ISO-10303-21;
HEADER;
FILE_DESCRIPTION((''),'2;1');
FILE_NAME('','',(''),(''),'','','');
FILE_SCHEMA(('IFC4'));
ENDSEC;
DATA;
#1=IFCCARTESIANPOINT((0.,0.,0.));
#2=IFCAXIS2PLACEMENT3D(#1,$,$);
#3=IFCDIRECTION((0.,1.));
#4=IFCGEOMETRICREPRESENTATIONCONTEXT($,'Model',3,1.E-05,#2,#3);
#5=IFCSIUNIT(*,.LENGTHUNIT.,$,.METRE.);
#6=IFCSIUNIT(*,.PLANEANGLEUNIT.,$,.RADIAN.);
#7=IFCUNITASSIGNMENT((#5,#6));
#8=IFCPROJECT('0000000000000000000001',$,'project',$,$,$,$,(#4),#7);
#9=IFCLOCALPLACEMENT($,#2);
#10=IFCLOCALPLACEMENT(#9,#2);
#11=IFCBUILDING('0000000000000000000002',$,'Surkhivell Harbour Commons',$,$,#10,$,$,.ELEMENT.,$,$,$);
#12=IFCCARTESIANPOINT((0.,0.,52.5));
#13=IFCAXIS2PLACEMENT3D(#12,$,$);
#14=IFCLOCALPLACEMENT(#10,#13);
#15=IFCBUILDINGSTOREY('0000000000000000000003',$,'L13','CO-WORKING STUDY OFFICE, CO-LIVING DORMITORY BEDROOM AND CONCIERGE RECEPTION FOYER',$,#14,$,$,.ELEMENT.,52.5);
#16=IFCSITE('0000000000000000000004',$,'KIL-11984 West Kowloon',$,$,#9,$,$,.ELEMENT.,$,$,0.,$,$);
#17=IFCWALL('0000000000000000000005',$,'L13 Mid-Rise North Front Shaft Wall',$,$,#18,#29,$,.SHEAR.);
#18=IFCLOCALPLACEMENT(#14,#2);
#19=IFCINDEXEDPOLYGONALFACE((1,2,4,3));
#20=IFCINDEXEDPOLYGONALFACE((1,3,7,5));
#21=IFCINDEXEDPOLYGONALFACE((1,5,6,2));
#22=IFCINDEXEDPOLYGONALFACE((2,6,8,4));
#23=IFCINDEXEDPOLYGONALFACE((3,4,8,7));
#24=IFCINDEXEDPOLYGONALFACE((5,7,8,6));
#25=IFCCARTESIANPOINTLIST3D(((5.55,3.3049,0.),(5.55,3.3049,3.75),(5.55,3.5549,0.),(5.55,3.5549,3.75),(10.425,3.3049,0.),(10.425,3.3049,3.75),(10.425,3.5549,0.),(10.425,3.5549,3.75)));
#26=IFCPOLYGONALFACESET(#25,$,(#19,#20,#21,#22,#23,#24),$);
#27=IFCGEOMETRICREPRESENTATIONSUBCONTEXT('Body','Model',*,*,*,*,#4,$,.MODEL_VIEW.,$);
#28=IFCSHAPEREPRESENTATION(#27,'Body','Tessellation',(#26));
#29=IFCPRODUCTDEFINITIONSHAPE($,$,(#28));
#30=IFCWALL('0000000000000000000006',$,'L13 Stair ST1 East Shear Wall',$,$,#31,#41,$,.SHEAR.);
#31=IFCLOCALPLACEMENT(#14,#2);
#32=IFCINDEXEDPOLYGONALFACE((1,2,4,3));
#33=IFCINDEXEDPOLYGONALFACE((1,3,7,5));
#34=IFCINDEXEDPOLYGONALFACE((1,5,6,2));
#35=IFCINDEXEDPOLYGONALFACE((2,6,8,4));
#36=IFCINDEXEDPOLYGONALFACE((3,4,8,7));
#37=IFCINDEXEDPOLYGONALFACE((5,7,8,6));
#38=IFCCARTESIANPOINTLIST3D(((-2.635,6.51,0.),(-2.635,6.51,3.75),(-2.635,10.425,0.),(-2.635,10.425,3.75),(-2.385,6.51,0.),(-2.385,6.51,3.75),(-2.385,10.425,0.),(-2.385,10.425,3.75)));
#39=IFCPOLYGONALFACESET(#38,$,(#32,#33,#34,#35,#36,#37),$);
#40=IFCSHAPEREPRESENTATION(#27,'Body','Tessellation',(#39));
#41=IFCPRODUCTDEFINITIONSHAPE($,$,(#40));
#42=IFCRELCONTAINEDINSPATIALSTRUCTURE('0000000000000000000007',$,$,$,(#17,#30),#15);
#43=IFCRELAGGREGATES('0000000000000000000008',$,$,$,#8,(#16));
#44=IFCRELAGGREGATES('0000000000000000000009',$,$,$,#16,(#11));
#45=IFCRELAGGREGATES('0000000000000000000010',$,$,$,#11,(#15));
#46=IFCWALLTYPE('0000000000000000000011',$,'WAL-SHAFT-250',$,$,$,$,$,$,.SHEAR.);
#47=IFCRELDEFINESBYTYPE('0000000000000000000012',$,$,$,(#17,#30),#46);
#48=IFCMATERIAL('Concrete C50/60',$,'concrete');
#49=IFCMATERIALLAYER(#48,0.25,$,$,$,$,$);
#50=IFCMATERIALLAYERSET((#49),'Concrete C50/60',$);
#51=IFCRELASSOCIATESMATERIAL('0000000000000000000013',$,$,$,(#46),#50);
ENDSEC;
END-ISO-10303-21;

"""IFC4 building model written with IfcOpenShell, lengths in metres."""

from ifc_helpers import new_model, si_unit, direction, frame, frame_2d, origin, place, context, subcontext, project, spatial, rectangle, extrude, material, layer, layer_set, type_object, element, save


model = new_model("IFC4")

# Units and contexts
model_context = context("Model", 3, precision=1e-05, world=origin(), true_north=direction((0.0, 1.0)))
body_context = subcontext(model_context, "Body", "Model", "MODEL_VIEW")
ifc_project = project(units=[si_unit("LENGTHUNIT", "METRE"), si_unit("PLANEANGLEUNIT", "RADIAN")], contexts=[model_context])

# Site, building, storey
site_placement = place(None, origin())
site = spatial("IfcSite", under=ifc_project, at=site_placement, Name="KIL-11984 West Kowloon", CompositionType="ELEMENT", RefElevation=0.0)
building_placement = place(site_placement, origin())
building = spatial("IfcBuilding", under=site, at=building_placement, Name="Surkhivell Harbour Commons", CompositionType="ELEMENT")
storey_placement = place(building_placement, frame((0.0, 0.0, 52.5)))
storey = spatial("IfcBuildingStorey", under=building, at=storey_placement, Name="L13", Description="CO-WORKING STUDY OFFICE, CO-LIVING DORMITORY BEDROOM AND CONCIERGE RECEPTION FOYER", CompositionType="ELEMENT", Elevation=52.5)

# Shared definitions
ifc_material_1 = material(Name="Concrete C50/60", Category="concrete")
ifc_layer_1 = layer(ifc_material_1, 0.25)
ifc_layer_set_1 = layer_set([ifc_layer_1], Name="Concrete C50/60")
wall_type_1 = type_object("IfcWallType", Name="WAL-SHAFT-250", PredefinedType="SHEAR", material=ifc_layer_set_1)

# Walls
wall_1_placement = place(storey_placement, frame((5.55, 3.4299, 0.0), z_axis=(0.0, 0.0, 1.0), x_axis=(1.0, 0.0, 0.0)))
element("IfcWall", 1, at=wall_1_placement, inside=storey, type_object=wall_type_1, Name="L13 Mid-Rise North Front Shaft Wall", PredefinedType="SHEAR", context=body_context, shape_type="SweptSolid", body=[
    extrude(rectangle(XDim=4.875, YDim=0.25, at=frame_2d((2.4375, 0.0))), origin(), (0.0, 0.0, 1.0), 3.75),
])
wall_2_placement = place(storey_placement, frame((-2.51, 6.51, 0.0), z_axis=(0.0, 0.0, 1.0), x_axis=(0.0, 1.0, 0.0)))
element("IfcWall", 2, at=wall_2_placement, inside=storey, type_object=wall_type_1, Name="L13 Stair ST1 East Shear Wall", PredefinedType="SHEAR", context=body_context, shape_type="SweptSolid", body=[
    extrude(rectangle(XDim=3.915, YDim=0.25, at=frame_2d((1.9575, 0.0))), origin(), (0.0, 0.0, 1.0), 3.75),
])

save(model, "model.ifc")
